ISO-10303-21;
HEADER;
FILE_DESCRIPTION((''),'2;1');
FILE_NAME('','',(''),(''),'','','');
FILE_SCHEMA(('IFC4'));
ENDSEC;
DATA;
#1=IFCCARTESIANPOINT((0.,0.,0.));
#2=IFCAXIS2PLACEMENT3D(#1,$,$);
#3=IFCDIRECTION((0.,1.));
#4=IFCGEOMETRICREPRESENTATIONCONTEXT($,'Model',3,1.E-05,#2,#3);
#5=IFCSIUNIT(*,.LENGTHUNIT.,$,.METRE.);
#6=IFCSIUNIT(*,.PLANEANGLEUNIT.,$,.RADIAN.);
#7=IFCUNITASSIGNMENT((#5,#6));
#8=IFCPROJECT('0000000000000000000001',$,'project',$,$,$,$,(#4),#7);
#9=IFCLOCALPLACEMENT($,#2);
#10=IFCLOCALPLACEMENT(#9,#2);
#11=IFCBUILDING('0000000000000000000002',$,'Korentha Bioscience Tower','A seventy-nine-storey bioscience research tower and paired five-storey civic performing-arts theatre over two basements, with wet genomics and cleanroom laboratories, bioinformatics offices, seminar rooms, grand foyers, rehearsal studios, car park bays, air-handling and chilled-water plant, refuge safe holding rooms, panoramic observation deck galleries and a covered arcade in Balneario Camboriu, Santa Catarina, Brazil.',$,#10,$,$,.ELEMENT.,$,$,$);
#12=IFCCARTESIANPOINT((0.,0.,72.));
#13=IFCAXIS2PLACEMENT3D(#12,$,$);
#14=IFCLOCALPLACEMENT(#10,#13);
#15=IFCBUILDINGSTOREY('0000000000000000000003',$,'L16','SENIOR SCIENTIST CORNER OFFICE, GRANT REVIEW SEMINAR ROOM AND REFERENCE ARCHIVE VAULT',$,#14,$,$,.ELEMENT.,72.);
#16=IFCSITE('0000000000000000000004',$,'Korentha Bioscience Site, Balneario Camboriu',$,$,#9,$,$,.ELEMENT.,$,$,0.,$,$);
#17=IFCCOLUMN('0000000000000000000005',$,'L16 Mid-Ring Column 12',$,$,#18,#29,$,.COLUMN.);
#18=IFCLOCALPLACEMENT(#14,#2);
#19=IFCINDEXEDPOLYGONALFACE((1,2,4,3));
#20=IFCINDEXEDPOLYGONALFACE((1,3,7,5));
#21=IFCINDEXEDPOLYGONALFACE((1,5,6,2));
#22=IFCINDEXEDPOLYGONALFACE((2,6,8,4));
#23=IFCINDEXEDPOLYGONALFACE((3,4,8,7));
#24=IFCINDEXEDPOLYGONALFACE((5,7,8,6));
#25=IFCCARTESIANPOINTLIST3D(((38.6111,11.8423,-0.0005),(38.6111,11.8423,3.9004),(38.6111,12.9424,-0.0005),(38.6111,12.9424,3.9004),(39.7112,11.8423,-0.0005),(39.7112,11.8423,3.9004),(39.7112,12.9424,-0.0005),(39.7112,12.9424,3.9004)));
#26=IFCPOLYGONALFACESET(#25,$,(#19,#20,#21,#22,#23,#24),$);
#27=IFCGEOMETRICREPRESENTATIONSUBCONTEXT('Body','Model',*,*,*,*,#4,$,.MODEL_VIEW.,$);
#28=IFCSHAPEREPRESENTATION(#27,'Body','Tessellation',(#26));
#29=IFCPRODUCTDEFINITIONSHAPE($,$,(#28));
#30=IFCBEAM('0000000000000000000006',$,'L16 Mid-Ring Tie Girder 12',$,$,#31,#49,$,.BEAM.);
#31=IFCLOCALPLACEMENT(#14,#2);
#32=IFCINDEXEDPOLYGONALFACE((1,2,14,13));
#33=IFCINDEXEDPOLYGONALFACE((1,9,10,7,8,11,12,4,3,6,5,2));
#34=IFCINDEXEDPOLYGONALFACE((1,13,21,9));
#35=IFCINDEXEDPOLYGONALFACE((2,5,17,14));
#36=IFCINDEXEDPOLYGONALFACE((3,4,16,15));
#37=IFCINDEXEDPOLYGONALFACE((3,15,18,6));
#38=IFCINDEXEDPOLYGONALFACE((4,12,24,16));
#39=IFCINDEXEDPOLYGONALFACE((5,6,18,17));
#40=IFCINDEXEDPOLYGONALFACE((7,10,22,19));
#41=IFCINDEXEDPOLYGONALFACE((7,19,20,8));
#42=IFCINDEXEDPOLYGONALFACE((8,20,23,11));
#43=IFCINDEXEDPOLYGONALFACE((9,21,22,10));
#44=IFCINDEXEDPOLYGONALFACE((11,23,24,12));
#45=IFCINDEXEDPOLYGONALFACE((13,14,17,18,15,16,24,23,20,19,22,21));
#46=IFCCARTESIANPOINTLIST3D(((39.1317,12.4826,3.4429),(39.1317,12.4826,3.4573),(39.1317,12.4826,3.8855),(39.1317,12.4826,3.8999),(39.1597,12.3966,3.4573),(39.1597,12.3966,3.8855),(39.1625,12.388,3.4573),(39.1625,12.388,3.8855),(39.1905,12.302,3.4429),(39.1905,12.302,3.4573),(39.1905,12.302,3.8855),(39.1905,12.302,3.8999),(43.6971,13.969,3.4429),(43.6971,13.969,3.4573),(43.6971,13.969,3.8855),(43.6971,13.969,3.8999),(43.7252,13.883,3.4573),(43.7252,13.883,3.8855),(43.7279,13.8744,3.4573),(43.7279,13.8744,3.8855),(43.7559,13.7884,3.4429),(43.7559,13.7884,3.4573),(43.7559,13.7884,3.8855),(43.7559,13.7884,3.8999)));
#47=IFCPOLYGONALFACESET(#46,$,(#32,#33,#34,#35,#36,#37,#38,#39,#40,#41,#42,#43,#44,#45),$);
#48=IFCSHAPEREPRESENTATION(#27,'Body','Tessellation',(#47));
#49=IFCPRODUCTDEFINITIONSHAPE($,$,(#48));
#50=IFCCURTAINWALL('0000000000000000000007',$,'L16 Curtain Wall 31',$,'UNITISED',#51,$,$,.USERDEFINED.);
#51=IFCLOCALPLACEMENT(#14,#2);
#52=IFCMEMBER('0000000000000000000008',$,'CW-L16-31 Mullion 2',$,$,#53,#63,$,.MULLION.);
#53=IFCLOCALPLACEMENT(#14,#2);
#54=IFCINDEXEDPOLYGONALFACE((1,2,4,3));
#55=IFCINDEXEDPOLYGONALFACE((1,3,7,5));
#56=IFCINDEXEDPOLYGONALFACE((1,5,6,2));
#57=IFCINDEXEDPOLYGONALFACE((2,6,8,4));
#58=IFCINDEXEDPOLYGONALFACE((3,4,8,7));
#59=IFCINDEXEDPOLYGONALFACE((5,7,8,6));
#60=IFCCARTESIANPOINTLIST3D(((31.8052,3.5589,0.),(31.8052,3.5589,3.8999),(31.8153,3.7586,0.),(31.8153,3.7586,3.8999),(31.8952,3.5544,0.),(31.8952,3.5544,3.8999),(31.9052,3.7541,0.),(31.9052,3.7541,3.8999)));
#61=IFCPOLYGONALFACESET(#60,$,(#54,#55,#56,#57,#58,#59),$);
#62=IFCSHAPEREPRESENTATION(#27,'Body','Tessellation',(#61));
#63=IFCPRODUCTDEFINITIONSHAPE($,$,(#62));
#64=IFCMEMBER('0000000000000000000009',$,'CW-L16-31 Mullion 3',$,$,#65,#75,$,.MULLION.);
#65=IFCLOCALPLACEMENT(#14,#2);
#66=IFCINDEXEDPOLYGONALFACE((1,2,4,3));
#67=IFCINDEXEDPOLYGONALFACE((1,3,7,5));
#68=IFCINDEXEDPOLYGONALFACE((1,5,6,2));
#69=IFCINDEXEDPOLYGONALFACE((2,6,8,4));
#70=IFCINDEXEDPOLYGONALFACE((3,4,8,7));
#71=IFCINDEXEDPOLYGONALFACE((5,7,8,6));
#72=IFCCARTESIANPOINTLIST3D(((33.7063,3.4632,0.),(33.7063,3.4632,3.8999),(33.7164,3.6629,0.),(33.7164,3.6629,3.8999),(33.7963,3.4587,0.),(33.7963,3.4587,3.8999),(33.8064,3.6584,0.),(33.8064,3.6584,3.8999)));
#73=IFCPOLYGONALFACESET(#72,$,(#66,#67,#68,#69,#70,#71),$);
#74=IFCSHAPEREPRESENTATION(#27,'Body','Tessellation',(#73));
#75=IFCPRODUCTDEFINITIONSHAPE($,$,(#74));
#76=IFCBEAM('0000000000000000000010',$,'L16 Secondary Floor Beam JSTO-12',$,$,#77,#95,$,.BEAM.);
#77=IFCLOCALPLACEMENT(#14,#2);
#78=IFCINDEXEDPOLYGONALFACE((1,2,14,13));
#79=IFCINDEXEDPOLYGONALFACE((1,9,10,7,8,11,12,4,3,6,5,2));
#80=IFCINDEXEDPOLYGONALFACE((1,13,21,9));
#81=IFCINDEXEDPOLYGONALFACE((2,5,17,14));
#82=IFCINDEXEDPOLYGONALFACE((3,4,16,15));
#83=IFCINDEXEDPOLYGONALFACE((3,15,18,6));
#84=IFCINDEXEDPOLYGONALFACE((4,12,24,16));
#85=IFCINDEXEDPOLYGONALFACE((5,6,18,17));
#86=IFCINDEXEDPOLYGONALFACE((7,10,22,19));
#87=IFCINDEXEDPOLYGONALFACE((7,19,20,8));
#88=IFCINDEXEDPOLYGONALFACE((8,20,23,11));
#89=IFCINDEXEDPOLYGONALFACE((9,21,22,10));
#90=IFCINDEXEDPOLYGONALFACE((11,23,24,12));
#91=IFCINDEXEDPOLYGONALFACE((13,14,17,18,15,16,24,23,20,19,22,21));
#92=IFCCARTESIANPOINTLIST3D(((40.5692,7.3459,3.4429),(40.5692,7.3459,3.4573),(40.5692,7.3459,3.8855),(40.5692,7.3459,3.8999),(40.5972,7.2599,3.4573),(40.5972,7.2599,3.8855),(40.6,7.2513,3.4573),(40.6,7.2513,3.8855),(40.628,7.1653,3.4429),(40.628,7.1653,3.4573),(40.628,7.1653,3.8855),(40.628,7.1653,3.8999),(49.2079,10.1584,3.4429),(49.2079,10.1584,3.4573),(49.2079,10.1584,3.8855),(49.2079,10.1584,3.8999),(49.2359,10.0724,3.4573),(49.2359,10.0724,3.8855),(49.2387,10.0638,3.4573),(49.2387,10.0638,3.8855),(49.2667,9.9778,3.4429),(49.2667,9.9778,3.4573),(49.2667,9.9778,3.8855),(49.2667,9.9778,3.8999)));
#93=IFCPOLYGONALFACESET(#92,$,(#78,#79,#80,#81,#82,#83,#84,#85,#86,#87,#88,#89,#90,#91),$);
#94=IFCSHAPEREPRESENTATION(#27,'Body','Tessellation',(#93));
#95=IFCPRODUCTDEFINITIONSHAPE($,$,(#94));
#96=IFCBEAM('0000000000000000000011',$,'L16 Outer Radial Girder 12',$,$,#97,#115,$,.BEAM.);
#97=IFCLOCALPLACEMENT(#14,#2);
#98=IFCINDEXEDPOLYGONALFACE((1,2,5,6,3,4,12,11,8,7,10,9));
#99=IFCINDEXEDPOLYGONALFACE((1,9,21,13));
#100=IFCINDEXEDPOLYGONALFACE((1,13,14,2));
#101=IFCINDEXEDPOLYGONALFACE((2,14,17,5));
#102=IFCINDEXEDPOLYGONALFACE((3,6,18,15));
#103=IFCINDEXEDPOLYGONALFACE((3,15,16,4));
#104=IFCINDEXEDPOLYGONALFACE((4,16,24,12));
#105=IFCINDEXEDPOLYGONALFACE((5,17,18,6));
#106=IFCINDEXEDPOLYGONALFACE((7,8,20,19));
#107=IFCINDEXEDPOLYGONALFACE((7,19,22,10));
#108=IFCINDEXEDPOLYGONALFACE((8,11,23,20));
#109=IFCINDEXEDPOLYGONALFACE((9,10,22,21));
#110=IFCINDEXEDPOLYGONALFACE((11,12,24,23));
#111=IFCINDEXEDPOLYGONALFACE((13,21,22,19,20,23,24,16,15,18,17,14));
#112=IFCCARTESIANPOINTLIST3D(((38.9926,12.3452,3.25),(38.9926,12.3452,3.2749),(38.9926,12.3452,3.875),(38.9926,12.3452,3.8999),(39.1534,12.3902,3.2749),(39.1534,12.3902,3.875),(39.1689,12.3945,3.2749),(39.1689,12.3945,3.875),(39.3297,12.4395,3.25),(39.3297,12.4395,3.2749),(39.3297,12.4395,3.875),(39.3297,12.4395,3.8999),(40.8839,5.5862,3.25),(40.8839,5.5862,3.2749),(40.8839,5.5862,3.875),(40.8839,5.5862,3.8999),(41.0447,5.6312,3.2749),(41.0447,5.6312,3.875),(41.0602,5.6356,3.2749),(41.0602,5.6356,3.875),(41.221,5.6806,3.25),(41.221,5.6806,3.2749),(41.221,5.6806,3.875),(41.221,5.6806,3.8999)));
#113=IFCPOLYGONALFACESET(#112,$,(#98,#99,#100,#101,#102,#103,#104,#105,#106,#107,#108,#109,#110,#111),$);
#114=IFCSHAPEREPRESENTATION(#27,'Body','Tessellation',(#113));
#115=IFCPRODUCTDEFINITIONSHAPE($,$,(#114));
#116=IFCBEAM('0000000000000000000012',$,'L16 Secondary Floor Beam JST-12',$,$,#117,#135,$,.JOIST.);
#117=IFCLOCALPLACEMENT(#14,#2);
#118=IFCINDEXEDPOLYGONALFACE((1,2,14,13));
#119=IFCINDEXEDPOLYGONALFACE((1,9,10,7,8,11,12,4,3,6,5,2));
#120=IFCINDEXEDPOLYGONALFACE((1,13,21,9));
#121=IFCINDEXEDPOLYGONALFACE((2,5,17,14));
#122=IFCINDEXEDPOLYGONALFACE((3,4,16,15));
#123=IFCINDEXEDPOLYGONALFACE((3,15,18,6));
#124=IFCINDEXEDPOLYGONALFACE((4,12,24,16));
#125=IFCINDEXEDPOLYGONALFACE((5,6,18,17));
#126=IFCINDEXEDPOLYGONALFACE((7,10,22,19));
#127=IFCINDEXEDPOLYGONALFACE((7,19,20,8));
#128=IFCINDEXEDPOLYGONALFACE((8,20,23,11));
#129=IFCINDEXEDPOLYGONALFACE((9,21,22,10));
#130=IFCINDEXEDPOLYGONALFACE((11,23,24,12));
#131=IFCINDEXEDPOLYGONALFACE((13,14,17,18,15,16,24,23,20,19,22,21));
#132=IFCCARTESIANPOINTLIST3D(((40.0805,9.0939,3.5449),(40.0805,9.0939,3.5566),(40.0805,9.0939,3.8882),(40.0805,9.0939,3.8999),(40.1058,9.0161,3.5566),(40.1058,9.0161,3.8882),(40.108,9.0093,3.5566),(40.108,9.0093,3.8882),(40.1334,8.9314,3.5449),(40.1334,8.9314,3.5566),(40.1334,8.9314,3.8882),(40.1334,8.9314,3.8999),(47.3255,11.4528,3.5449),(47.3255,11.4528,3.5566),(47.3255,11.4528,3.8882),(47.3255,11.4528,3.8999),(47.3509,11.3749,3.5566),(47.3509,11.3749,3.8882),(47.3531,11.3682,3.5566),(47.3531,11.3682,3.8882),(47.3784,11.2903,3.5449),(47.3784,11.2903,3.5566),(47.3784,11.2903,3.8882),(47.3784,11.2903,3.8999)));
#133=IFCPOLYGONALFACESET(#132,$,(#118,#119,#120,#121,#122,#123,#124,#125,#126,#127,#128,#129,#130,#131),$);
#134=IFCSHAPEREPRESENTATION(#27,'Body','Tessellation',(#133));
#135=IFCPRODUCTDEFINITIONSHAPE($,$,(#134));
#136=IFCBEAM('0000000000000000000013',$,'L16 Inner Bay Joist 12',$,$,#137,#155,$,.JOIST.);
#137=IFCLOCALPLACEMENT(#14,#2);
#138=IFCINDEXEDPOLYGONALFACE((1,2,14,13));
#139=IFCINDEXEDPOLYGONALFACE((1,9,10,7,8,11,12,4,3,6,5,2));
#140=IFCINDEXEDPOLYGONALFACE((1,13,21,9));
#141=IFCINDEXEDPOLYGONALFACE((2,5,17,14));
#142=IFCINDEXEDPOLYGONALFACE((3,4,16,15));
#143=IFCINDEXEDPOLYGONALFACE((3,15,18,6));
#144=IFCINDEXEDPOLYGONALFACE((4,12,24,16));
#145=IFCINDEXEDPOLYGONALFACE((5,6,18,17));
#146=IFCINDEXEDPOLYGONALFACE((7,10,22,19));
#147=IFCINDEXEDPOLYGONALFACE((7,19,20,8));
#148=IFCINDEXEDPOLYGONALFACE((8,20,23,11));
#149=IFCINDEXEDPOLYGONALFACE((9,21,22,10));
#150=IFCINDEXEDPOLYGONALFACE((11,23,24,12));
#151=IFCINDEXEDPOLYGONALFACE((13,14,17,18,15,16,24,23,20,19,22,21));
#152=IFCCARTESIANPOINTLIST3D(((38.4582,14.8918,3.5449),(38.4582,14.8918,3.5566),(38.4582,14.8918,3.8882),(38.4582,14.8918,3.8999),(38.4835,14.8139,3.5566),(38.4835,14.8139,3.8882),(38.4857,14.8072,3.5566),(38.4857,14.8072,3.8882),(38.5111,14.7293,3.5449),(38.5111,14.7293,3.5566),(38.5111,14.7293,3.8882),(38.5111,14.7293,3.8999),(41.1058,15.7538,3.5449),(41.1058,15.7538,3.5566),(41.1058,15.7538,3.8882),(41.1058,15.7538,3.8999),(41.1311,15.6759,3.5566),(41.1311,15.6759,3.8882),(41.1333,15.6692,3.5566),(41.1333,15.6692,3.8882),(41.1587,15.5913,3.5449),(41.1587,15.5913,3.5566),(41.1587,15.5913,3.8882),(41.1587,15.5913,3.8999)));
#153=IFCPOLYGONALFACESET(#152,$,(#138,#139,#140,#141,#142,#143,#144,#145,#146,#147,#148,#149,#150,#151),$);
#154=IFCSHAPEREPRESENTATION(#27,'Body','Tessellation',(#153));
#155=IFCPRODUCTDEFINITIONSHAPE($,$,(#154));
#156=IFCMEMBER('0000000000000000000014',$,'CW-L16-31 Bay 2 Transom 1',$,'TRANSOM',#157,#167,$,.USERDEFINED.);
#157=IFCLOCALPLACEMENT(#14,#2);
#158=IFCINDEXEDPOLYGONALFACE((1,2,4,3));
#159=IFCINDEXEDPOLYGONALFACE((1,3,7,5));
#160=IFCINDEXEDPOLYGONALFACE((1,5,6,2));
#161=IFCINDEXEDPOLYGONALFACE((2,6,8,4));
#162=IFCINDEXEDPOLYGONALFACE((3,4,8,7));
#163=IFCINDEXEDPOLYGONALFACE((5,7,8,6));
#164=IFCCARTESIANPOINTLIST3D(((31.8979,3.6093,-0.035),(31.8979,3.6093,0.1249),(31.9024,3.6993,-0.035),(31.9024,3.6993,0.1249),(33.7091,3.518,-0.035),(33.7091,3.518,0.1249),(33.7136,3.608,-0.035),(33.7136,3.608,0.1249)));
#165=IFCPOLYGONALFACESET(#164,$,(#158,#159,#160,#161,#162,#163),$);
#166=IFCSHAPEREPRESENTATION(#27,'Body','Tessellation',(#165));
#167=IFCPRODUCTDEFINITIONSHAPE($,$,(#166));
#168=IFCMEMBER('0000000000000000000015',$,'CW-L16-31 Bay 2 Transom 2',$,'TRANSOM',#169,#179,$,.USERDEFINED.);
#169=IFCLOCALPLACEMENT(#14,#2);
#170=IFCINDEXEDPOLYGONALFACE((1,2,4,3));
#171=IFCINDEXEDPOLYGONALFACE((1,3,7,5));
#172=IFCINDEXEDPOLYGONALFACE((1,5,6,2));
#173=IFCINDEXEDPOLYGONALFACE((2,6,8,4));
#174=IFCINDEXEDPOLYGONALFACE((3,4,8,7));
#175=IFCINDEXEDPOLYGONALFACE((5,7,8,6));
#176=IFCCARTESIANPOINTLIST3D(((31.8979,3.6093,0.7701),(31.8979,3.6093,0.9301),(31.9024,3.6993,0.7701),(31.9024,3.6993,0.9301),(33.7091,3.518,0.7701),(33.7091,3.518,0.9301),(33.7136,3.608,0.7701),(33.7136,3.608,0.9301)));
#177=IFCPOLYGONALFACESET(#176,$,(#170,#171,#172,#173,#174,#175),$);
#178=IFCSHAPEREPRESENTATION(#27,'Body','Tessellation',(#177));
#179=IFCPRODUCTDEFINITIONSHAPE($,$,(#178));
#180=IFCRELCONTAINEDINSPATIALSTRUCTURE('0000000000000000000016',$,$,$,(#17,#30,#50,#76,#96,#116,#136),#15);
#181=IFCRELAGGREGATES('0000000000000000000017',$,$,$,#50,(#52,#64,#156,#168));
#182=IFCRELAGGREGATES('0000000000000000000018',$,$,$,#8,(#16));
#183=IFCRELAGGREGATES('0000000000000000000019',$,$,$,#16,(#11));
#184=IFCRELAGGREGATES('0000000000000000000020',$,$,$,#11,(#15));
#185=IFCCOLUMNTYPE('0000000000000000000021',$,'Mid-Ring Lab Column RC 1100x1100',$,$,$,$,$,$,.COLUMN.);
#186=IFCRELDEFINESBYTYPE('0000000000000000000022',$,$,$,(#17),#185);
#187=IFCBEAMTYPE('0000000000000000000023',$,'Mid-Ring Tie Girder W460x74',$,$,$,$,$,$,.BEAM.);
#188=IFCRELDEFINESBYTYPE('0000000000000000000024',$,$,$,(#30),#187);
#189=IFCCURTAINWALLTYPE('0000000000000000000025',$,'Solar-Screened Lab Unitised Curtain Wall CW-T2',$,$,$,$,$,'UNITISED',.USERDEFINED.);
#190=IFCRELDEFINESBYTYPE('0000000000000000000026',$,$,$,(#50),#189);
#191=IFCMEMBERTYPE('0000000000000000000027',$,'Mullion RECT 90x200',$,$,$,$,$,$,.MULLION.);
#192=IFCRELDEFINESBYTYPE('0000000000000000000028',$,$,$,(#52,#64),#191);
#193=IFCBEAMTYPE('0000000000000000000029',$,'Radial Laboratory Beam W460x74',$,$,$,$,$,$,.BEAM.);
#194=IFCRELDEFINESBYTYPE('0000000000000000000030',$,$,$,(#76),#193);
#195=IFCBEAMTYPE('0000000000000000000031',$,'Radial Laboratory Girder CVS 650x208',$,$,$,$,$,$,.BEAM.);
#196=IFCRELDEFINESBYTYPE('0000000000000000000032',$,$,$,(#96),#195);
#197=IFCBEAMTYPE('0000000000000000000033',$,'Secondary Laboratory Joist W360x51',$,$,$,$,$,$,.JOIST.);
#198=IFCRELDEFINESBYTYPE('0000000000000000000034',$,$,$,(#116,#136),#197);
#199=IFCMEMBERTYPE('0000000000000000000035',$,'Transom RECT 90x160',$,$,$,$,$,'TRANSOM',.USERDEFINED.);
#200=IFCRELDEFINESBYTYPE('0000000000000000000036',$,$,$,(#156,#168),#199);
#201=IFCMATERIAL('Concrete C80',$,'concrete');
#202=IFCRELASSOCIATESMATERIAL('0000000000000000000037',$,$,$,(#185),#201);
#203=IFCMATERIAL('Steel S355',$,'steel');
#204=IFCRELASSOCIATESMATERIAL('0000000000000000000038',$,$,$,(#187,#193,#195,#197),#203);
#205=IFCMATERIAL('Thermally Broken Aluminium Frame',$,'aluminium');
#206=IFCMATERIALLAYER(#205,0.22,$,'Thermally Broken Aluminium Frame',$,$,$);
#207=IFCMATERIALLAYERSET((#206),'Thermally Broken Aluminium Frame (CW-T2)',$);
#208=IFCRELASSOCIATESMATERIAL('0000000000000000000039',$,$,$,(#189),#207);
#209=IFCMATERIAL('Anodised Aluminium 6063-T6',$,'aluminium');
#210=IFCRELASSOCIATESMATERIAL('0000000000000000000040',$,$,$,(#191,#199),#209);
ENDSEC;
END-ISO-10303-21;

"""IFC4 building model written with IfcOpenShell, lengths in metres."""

from ifc_helpers import new_model, si_unit, direction, frame, origin, origin_2d, place, context, subcontext, project, spatial, rectangle, i_section, extrude, material, layer, layer_set, material_profile, profile_set, type_object, element, aggregate, save


model = new_model("IFC4")

# Units and contexts
model_context = context("Model", 3, precision=1e-05, world=origin(), true_north=direction((0.0, 1.0)))
body_context = subcontext(model_context, "Body", "Model", "MODEL_VIEW")
ifc_project = project(units=[si_unit("LENGTHUNIT", "METRE"), si_unit("PLANEANGLEUNIT", "RADIAN")], contexts=[model_context])

# Site, building, storey
site_placement = place(None, origin())
site = spatial("IfcSite", under=ifc_project, at=site_placement, Name="Korentha Bioscience Site, Balneario Camboriu", CompositionType="ELEMENT", RefElevation=0.0)
building_placement = place(site_placement, origin())
building = spatial("IfcBuilding", under=site, at=building_placement, Name="Korentha Bioscience Tower", Description="A seventy-nine-storey bioscience research tower and paired five-storey civic performing-arts theatre over two basements, with wet genomics and cleanroom laboratories, bioinformatics offices, seminar rooms, grand foyers, rehearsal studios, car park bays, air-handling and chilled-water plant, refuge safe holding rooms, panoramic observation deck galleries and a covered arcade in Balneario Camboriu, Santa Catarina, Brazil.", CompositionType="ELEMENT")
storey_placement = place(building_placement, frame((0.0, 0.0, 72.0)))
storey = spatial("IfcBuildingStorey", under=building, at=storey_placement, Name="L16", Description="SENIOR SCIENTIST CORNER OFFICE, GRANT REVIEW SEMINAR ROOM AND REFERENCE ARCHIVE VAULT", CompositionType="ELEMENT", Elevation=72.0)

# Column
ifc_material_1 = material(Name="Concrete C80", Category="concrete")
ifc_material_profile_1 = material_profile(ifc_material_1, rectangle(XDim=1.1001, YDim=1.1001, at=origin_2d()), Name="Concrete C80")
ifc_profile_set_1 = profile_set([ifc_material_profile_1], Name="Concrete C80 (COL-MR11)")
column_type = type_object("IfcColumnType", Name="Mid-Ring Lab Column RC 1100x1100", PredefinedType="COLUMN", material=ifc_profile_set_1)
column_placement = place(storey_placement, frame((39.1611, 12.3923, -0.0005), z_axis=(0.0, 0.0, 1.0), x_axis=(1.0, 0.0, 0.0)))
element("IfcColumn", 1, at=column_placement, inside=storey, type_object=column_type, Name="L16 Mid-Ring Column 12", PredefinedType="COLUMN", context=body_context, shape_type="SweptSolid", body=[
    extrude(rectangle(XDim=1.1001, YDim=1.1001, at=origin_2d()), origin(), (0.0, 0.0, 1.0), 3.9009),
])

# Beam
ifc_material_2 = material(Name="Steel S355", Category="steel")
ifc_material_profile_2 = material_profile(ifc_material_2, i_section(OverallWidth=0.1899, OverallDepth=0.457, WebThickness=0.009, FlangeThickness=0.0144, at=origin_2d()), Name="Steel S355")
ifc_profile_set_2 = profile_set([ifc_material_profile_2], Name="Steel S355 (MB-460)")
beam_type_1 = type_object("IfcBeamType", Name="Mid-Ring Tie Girder W460x74", PredefinedType="BEAM", material=ifc_profile_set_2)
beam_1_placement = place(storey_placement, frame((39.1611, 12.3923, 3.6714), z_axis=(0.950877, 0.309569, 0.0), x_axis=(-0.309569, 0.950877, 0.0)))
element("IfcBeam", 2, at=beam_1_placement, inside=storey, type_object=beam_type_1, Name="L16 Mid-Ring Tie Girder 12", PredefinedType="BEAM", context=body_context, shape_type="SweptSolid", body=[
    extrude(i_section(OverallWidth=0.1899, OverallDepth=0.457, WebThickness=0.009, FlangeThickness=0.0144, at=origin_2d()), origin(), (0.0, 0.0, 1.0), 4.8013),
])

# Curtain wall, members
ifc_material_3 = material(Name="Thermally Broken Aluminium Frame", Category="aluminium")
ifc_layer_1 = layer(ifc_material_3, 0.22, Name="Thermally Broken Aluminium Frame")
ifc_layer_set_1 = layer_set([ifc_layer_1], Name="Thermally Broken Aluminium Frame (CW-T2)")
curtain_wall_type = type_object("IfcCurtainWallType", Name="Solar-Screened Lab Unitised Curtain Wall CW-T2", ElementType="UNITISED", PredefinedType="USERDEFINED", material=ifc_layer_set_1)
curtain_wall_placement = place(storey_placement, origin())
curtain_wall = element("IfcCurtainWall", 3, at=curtain_wall_placement, inside=storey, type_object=curtain_wall_type, Name="L16 Curtain Wall 31", ObjectType="UNITISED", PredefinedType="USERDEFINED")
ifc_material_4 = material(Name="Anodised Aluminium 6063-T6", Category="aluminium")
ifc_material_profile_3 = material_profile(ifc_material_4, rectangle(XDim=0.0901, YDim=0.2, at=origin_2d()), Name="Anodised Aluminium 6063-T6")
ifc_profile_set_3 = profile_set([ifc_material_profile_3], Name="Anodised Aluminium 6063-T6 (CW-MUL)")
member_type_1 = type_object("IfcMemberType", Name="Mullion RECT 90x200", PredefinedType="MULLION", material=ifc_profile_set_3)
member_1_placement = place(storey_placement, frame((31.8552, 3.6565, 0.0), z_axis=(0.0, 0.0, 1.0), x_axis=(0.998731, -0.050371, 0.0)))
member_1 = element("IfcMember", 4, at=member_1_placement, type_object=member_type_1, Name="CW-L16-31 Mullion 2", PredefinedType="MULLION", context=body_context, shape_type="SweptSolid", body=[
    extrude(rectangle(XDim=0.0901, YDim=0.2, at=origin_2d()), origin(), (0.0, 0.0, 1.0), 3.8999),
])
member_2_placement = place(storey_placement, frame((33.7563, 3.5608, 0.0), z_axis=(0.0, 0.0, 1.0), x_axis=(0.998731, -0.050371, 0.0)))
member_2 = element("IfcMember", 5, at=member_2_placement, type_object=member_type_1, Name="CW-L16-31 Mullion 3", PredefinedType="MULLION", context=body_context, shape_type="SweptSolid", body=[
    extrude(rectangle(XDim=0.0901, YDim=0.2, at=origin_2d()), origin(), (0.0, 0.0, 1.0), 3.8999),
])

# Beams
ifc_material_profile_4 = material_profile(ifc_material_2, i_section(OverallWidth=0.1899, OverallDepth=0.457, WebThickness=0.009, FlangeThickness=0.0144, at=origin_2d()), Name="Steel S355")
ifc_profile_set_4 = profile_set([ifc_material_profile_4], Name="Steel S355 (RB-460)")
beam_type_2 = type_object("IfcBeamType", Name="Radial Laboratory Beam W460x74", PredefinedType="BEAM", material=ifc_profile_set_4)
beam_2_placement = place(storey_placement, frame((40.5986, 7.2556, 3.6714), z_axis=(0.950874, 0.309577, 0.0), x_axis=(-0.309577, 0.950874, 0.0)))
element("IfcBeam", 6, at=beam_2_placement, inside=storey, type_object=beam_type_2, Name="L16 Secondary Floor Beam JSTO-12", PredefinedType="BEAM", context=body_context, shape_type="SweptSolid", body=[
    extrude(i_section(OverallWidth=0.1899, OverallDepth=0.457, WebThickness=0.009, FlangeThickness=0.0144, at=origin_2d()), origin(), (0.0, 0.0, 1.0), 9.085),
])
ifc_material_profile_5 = material_profile(ifc_material_2, i_section(OverallWidth=0.3501, OverallDepth=0.6499, WebThickness=0.0161, FlangeThickness=0.0249, at=origin_2d()), Name="Steel S355")
ifc_profile_set_5 = profile_set([ifc_material_profile_5], Name="Steel S355 (RB-650)")
beam_type_3 = type_object("IfcBeamType", Name="Radial Laboratory Girder CVS 650x208", PredefinedType="BEAM", material=ifc_profile_set_5)
beam_3_placement = place(storey_placement, frame((39.1611, 12.3923, 3.575), z_axis=(0.269475, -0.963007, 0.0), x_axis=(0.963007, 0.269475, 0.0)))
element("IfcBeam", 7, at=beam_3_placement, inside=storey, type_object=beam_type_3, Name="L16 Outer Radial Girder 12", PredefinedType="BEAM", context=body_context, shape_type="SweptSolid", body=[
    extrude(i_section(OverallWidth=0.3501, OverallDepth=0.6499, WebThickness=0.0161, FlangeThickness=0.0249, at=origin_2d()), origin(), (0.0, 0.0, 1.0), 7.0186),
])
ifc_material_profile_6 = material_profile(ifc_material_2, i_section(OverallWidth=0.1709, OverallDepth=0.355, WebThickness=0.0071, FlangeThickness=0.0117, at=origin_2d()), Name="Steel S355")
ifc_profile_set_6 = profile_set([ifc_material_profile_6], Name="Steel S355 (JB-360)")
beam_type_4 = type_object("IfcBeamType", Name="Secondary Laboratory Joist W360x51", PredefinedType="JOIST", material=ifc_profile_set_6)
beam_4_placement = place(storey_placement, frame((40.1069, 9.0127, 3.7224), z_axis=(0.950871, 0.309587, 0.0), x_axis=(-0.309587, 0.950871, 0.0)))
element("IfcBeam", 8, at=beam_4_placement, inside=storey, type_object=beam_type_4, Name="L16 Secondary Floor Beam JST-12", PredefinedType="JOIST", context=body_context, shape_type="SweptSolid", body=[
    extrude(i_section(OverallWidth=0.1709, OverallDepth=0.355, WebThickness=0.0071, FlangeThickness=0.0117, at=origin_2d()), origin(), (0.0, 0.0, 1.0), 7.6194),
])
beam_5_placement = place(storey_placement, frame((38.4846, 14.8105, 3.7224), z_axis=(0.95087, 0.309592, 0.0), x_axis=(-0.309592, 0.95087, 0.0)))
element("IfcBeam", 9, at=beam_5_placement, inside=storey, type_object=beam_type_4, Name="L16 Inner Bay Joist 12", PredefinedType="JOIST", context=body_context, shape_type="SweptSolid", body=[
    extrude(i_section(OverallWidth=0.1709, OverallDepth=0.355, WebThickness=0.0071, FlangeThickness=0.0117, at=origin_2d()), origin(), (0.0, 0.0, 1.0), 2.7844),
])

# Members
ifc_material_profile_7 = material_profile(ifc_material_4, rectangle(XDim=0.0901, YDim=0.1599, at=origin_2d()), Name="Anodised Aluminium 6063-T6")
ifc_profile_set_7 = profile_set([ifc_material_profile_7], Name="Anodised Aluminium 6063-T6 (CW-TRN)")
member_type_2 = type_object("IfcMemberType", Name="Transom RECT 90x160", ElementType="TRANSOM", PredefinedType="USERDEFINED", material=ifc_profile_set_7)
member_3_placement = place(storey_placement, frame((31.9001, 3.6543, 0.0449), z_axis=(0.998732, -0.050347, 0.0), x_axis=(0.050347, 0.998732, 0.0)))
member_3 = element("IfcMember", 10, at=member_3_placement, type_object=member_type_2, Name="CW-L16-31 Bay 2 Transom 1", ObjectType="TRANSOM", PredefinedType="USERDEFINED", context=body_context, shape_type="SweptSolid", body=[
    extrude(rectangle(XDim=0.0901, YDim=0.1599, at=origin_2d()), origin(), (0.0, 0.0, 1.0), 1.8135),
])
member_4_placement = place(storey_placement, frame((31.9001, 3.6543, 0.8501), z_axis=(0.998732, -0.050347, 0.0), x_axis=(0.050347, 0.998732, 0.0)))
member_4 = element("IfcMember", 11, at=member_4_placement, type_object=member_type_2, Name="CW-L16-31 Bay 2 Transom 2", ObjectType="TRANSOM", PredefinedType="USERDEFINED", context=body_context, shape_type="SweptSolid", body=[
    extrude(rectangle(XDim=0.0901, YDim=0.1599, at=origin_2d()), origin(), (0.0, 0.0, 1.0), 1.8135),
])

aggregate(curtain_wall, [member_1, member_2, member_3, member_4])

save(model, "model.ifc")
